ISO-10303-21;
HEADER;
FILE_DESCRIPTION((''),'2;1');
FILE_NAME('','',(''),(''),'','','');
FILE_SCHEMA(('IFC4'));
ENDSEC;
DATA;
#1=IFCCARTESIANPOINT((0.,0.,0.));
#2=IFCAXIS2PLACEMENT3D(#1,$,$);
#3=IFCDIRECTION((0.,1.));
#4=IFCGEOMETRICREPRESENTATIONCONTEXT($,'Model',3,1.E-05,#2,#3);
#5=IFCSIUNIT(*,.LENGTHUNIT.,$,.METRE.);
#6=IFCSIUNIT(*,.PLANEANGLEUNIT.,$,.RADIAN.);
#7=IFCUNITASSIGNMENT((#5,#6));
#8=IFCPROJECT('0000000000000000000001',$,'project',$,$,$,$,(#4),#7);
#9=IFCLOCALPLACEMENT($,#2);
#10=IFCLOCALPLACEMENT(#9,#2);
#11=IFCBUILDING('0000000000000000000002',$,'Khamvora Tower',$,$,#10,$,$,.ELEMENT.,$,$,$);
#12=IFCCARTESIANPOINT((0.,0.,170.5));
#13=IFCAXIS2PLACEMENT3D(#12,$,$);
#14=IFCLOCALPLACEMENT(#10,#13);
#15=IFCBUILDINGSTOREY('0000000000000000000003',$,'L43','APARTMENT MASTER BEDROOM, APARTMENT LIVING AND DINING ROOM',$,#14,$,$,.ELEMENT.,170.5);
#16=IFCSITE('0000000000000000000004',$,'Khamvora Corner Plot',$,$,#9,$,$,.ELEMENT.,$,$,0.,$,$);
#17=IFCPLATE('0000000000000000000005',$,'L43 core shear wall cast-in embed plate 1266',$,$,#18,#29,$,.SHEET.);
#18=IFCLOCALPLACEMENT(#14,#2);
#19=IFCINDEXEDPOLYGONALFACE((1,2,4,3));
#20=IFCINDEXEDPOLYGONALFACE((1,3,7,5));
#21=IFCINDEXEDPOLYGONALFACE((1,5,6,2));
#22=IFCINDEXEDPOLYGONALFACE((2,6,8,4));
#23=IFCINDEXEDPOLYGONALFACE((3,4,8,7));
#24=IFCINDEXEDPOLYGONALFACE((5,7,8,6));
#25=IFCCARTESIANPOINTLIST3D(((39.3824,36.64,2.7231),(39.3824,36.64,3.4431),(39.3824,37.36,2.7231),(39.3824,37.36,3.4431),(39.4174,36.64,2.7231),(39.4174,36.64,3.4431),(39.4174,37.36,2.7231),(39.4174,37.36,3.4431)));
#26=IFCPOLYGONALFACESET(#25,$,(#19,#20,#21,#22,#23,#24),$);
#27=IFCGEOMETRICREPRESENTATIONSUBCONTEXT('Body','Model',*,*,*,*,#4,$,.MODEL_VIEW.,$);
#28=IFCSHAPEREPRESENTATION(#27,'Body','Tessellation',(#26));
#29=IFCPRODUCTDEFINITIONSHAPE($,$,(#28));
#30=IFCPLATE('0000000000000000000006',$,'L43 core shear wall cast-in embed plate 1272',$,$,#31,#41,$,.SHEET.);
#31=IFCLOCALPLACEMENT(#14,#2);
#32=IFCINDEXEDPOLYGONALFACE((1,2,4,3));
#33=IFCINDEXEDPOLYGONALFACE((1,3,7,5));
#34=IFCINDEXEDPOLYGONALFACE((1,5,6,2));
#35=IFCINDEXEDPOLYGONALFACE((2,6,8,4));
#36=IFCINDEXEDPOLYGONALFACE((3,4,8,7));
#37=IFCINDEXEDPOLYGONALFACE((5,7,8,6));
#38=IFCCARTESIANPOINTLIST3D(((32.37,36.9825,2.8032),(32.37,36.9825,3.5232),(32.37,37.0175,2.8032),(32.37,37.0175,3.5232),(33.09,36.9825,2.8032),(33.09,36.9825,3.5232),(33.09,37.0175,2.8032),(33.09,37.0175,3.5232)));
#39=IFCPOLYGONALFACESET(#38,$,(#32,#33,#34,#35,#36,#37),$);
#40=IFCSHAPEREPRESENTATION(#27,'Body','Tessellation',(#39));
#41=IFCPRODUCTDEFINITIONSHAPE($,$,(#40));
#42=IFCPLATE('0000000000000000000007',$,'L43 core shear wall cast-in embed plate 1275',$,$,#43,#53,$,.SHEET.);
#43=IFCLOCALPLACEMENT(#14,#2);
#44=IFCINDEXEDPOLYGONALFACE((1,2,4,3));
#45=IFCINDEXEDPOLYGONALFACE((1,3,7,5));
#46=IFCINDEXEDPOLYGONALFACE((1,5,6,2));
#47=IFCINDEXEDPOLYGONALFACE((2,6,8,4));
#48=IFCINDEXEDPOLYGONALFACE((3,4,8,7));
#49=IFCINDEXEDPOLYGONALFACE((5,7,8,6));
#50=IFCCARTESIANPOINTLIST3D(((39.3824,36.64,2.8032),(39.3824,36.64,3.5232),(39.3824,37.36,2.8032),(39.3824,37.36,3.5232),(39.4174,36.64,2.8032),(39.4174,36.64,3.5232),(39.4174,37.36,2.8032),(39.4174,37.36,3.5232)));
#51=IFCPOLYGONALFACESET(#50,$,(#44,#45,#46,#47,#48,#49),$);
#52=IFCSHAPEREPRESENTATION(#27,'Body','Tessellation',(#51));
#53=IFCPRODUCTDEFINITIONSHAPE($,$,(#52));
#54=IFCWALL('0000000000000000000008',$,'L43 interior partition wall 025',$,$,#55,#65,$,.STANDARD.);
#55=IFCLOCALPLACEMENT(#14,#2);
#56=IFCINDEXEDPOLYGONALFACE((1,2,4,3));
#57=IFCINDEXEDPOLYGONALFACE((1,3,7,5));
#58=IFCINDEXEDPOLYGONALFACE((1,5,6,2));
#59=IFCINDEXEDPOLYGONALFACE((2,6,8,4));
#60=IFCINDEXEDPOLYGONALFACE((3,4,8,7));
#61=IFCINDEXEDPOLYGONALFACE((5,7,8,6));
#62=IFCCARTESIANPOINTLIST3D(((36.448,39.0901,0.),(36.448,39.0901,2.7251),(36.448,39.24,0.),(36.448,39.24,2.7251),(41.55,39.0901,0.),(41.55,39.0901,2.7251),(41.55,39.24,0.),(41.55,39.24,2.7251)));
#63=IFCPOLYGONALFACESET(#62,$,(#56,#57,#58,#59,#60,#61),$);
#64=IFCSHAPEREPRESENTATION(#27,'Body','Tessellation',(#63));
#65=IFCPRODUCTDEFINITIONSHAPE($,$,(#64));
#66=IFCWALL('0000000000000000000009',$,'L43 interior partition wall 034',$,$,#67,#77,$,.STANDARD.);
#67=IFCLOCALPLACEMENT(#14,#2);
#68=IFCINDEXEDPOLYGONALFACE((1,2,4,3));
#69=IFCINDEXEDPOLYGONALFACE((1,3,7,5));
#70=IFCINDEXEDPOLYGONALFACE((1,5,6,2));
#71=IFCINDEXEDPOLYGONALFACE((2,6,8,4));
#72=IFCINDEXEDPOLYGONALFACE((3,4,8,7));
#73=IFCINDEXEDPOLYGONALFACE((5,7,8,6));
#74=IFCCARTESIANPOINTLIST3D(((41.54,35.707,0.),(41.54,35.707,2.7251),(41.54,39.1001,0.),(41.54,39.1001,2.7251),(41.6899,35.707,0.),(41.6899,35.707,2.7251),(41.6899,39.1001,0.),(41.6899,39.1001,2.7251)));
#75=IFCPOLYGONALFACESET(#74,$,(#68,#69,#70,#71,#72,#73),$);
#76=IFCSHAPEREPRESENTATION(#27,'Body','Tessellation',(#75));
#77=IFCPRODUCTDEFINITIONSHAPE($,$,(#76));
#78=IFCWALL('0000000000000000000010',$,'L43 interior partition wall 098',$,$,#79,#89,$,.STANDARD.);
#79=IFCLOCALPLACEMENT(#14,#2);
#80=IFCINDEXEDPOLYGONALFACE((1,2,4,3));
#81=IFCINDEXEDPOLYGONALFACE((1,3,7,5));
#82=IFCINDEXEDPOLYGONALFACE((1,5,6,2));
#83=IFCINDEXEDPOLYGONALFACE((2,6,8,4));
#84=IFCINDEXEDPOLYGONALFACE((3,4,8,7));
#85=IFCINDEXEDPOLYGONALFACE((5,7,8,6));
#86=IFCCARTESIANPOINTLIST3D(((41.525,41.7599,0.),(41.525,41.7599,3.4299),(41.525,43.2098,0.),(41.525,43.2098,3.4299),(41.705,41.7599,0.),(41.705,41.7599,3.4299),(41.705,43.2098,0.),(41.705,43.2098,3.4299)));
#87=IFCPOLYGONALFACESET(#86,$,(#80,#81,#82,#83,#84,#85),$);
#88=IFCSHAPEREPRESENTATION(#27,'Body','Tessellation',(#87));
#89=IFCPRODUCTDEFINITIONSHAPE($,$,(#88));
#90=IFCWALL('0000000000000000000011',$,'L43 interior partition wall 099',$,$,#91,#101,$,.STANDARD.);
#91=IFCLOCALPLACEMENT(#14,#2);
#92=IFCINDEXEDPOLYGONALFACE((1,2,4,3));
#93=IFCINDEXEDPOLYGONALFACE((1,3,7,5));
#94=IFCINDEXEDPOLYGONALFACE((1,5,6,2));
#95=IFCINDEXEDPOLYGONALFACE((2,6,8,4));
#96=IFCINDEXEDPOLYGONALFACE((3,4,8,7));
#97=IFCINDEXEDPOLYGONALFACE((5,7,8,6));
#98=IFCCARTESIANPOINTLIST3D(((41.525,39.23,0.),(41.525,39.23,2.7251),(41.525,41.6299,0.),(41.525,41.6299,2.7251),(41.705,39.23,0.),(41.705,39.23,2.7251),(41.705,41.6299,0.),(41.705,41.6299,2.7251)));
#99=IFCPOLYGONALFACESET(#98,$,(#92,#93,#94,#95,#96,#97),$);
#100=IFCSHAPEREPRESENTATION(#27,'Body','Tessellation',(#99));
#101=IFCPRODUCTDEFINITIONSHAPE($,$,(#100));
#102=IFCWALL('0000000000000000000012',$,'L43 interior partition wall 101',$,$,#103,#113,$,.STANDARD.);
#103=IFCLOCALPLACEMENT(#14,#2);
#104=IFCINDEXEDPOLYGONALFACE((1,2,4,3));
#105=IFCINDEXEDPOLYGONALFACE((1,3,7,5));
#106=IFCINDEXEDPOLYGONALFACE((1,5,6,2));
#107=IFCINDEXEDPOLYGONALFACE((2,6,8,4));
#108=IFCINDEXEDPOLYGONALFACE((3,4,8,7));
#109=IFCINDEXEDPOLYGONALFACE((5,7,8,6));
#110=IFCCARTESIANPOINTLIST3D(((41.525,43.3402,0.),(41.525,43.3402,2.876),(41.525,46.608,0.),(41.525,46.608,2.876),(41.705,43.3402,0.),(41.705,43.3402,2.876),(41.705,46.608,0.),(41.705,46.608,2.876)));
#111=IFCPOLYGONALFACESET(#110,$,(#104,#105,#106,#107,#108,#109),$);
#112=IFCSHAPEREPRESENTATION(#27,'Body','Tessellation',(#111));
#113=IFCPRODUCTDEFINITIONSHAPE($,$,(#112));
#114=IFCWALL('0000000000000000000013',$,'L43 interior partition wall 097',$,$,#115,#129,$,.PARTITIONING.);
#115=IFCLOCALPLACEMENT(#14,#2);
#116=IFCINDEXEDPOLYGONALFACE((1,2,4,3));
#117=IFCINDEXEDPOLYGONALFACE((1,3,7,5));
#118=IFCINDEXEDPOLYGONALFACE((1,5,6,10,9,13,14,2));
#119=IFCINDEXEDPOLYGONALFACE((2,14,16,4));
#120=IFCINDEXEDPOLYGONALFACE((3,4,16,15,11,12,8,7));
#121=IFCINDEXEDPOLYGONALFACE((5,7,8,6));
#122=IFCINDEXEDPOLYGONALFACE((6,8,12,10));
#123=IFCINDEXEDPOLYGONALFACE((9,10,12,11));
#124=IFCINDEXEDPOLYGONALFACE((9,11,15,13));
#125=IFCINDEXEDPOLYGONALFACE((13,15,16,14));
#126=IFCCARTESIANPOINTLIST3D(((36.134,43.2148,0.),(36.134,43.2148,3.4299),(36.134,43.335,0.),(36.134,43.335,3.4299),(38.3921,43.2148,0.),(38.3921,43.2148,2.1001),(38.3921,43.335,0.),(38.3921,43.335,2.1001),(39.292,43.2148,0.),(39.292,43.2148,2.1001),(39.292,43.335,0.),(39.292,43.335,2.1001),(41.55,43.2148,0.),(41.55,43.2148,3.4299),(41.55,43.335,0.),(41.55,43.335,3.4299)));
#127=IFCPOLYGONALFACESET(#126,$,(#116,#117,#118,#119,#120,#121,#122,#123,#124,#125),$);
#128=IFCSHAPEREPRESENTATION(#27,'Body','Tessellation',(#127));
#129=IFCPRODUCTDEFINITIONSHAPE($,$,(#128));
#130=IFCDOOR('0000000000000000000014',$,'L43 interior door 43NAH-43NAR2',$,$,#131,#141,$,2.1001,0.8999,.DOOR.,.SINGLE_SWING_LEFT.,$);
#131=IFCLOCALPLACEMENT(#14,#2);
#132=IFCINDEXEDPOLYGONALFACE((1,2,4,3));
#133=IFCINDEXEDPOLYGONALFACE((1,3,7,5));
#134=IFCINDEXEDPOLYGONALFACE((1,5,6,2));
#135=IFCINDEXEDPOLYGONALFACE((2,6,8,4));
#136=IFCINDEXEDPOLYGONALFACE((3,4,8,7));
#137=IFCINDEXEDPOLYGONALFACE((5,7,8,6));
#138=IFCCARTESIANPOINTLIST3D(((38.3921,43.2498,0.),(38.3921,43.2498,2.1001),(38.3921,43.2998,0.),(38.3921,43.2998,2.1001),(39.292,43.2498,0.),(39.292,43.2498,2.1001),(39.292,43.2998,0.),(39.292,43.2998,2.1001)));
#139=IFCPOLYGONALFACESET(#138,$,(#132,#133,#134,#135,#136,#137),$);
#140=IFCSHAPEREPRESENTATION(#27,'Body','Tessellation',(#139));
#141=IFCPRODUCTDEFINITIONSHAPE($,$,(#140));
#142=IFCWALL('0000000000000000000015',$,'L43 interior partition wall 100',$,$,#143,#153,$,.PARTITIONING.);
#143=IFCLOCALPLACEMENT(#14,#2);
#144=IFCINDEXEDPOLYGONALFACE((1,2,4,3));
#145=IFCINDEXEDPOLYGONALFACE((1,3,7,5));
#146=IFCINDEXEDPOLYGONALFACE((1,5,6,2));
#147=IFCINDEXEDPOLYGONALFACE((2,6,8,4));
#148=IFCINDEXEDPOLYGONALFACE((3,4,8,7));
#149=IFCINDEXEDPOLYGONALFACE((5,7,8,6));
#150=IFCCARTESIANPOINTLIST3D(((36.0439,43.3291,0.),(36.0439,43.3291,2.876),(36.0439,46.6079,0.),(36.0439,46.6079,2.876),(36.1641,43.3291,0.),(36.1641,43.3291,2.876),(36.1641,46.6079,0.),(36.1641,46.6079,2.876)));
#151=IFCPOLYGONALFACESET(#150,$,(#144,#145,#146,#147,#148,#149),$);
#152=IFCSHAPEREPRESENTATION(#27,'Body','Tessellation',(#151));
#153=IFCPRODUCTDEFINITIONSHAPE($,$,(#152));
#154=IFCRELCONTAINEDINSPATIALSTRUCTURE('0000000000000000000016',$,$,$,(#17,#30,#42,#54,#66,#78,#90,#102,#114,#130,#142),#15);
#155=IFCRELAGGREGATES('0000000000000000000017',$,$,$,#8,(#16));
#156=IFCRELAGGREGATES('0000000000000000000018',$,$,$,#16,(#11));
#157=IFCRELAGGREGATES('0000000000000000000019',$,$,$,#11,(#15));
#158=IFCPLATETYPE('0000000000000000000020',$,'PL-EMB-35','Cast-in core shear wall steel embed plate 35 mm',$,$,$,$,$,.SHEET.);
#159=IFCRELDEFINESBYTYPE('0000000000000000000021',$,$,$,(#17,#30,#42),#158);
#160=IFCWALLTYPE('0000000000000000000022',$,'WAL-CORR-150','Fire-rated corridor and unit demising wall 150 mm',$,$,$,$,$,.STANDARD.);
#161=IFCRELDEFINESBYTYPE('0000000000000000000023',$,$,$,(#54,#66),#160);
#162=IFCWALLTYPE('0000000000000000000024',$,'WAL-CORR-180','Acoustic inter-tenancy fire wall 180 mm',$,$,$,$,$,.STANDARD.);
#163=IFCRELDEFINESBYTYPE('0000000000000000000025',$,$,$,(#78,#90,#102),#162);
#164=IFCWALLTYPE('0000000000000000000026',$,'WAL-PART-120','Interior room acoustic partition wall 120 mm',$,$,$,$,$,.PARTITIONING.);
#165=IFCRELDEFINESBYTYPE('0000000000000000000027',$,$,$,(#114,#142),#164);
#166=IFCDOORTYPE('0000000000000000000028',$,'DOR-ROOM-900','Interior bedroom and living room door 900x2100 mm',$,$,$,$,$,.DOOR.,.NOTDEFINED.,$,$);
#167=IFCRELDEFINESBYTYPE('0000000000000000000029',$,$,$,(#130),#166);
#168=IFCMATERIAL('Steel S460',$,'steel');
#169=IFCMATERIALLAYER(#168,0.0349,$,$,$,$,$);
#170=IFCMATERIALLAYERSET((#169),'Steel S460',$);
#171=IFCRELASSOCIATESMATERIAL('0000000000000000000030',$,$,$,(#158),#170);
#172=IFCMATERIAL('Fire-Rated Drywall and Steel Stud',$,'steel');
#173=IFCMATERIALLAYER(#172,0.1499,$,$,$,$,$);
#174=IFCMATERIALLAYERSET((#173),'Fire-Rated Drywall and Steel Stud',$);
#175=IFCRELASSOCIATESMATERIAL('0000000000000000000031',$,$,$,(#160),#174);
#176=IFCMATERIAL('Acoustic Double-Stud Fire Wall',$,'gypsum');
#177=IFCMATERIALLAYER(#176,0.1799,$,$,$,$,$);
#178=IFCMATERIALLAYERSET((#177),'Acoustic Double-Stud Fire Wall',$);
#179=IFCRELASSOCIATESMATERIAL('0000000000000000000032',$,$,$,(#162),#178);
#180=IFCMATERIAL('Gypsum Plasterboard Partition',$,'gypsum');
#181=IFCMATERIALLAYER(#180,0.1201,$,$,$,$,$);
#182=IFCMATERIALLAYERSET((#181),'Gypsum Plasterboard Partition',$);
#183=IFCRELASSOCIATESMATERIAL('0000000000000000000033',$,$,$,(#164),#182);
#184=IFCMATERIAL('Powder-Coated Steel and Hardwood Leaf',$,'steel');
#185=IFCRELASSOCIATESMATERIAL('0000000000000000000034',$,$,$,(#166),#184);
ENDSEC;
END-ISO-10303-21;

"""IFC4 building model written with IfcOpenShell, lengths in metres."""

from ifc_helpers import new_model, si_unit, direction, frame, frame_2d, origin, origin_2d, place, context, subcontext, project, spatial, rectangle, extrude, material, layer, layer_set, type_object, element, fill, save


model = new_model("IFC4")

# Units and contexts
model_context = context("Model", 3, precision=1e-05, world=origin(), true_north=direction((0.0, 1.0)))
body_context = subcontext(model_context, "Body", "Model", "MODEL_VIEW")
ifc_project = project(units=[si_unit("LENGTHUNIT", "METRE"), si_unit("PLANEANGLEUNIT", "RADIAN")], contexts=[model_context])

# Site, building, storey
site_placement = place(None, origin())
site = spatial("IfcSite", under=ifc_project, at=site_placement, Name="Khamvora Corner Plot", CompositionType="ELEMENT", RefElevation=0.0)
building_placement = place(site_placement, origin())
building = spatial("IfcBuilding", under=site, at=building_placement, Name="Khamvora Tower", CompositionType="ELEMENT")
storey_placement = place(building_placement, frame((0.0, 0.0, 170.5)))
storey = spatial("IfcBuildingStorey", under=building, at=storey_placement, Name="L43", Description="APARTMENT MASTER BEDROOM, APARTMENT LIVING AND DINING ROOM", CompositionType="ELEMENT", Elevation=170.5)

# Shared definitions
ifc_material_1 = material(Name="Steel S460", Category="steel")

# Plates
ifc_layer_1 = layer(ifc_material_1, 0.0349)
ifc_layer_set_1 = layer_set([ifc_layer_1], Name="Steel S460")
plate_type = type_object("IfcPlateType", Name="PL-EMB-35", Description="Cast-in core shear wall steel embed plate 35 mm", PredefinedType="SHEET", material=ifc_layer_set_1)
plate_1_placement = place(storey_placement, frame((39.3999, 37.0, 2.7231), z_axis=(0.0, 0.0, 1.0), x_axis=(1.0, 0.0, 0.0)))
element("IfcPlate", 1, at=plate_1_placement, inside=storey, type_object=plate_type, Name="L43 core shear wall cast-in embed plate 1266", PredefinedType="SHEET", context=body_context, shape_type="SweptSolid", body=[
    extrude(rectangle(XDim=0.0349, YDim=0.72, at=origin_2d()), origin(), (0.0, 0.0, 1.0), 0.72),
])
plate_2_placement = place(storey_placement, frame((32.73, 37.0, 2.8032), z_axis=(0.0, 0.0, 1.0), x_axis=(1.0, 0.0, 0.0)))
element("IfcPlate", 2, at=plate_2_placement, inside=storey, type_object=plate_type, Name="L43 core shear wall cast-in embed plate 1272", PredefinedType="SHEET", context=body_context, shape_type="SweptSolid", body=[
    extrude(rectangle(XDim=0.72, YDim=0.0349, at=origin_2d()), origin(), (0.0, 0.0, 1.0), 0.72),
])
plate_3_placement = place(storey_placement, frame((39.3999, 37.0, 2.8032), z_axis=(0.0, 0.0, 1.0), x_axis=(1.0, 0.0, 0.0)))
element("IfcPlate", 3, at=plate_3_placement, inside=storey, type_object=plate_type, Name="L43 core shear wall cast-in embed plate 1275", PredefinedType="SHEET", context=body_context, shape_type="SweptSolid", body=[
    extrude(rectangle(XDim=0.0349, YDim=0.72, at=origin_2d()), origin(), (0.0, 0.0, 1.0), 0.72),
])

# Shared definitions
ifc_material_2 = material(Name="Fire-Rated Drywall and Steel Stud", Category="steel")
ifc_layer_2 = layer(ifc_material_2, 0.1499)
ifc_layer_set_2 = layer_set([ifc_layer_2], Name="Fire-Rated Drywall and Steel Stud")
wall_type_1 = type_object("IfcWallType", Name="WAL-CORR-150", Description="Fire-rated corridor and unit demising wall 150 mm", PredefinedType="STANDARD", material=ifc_layer_set_2)
ifc_material_3 = material(Name="Powder-Coated Steel and Hardwood Leaf", Category="steel")

# Walls
wall_1_placement = place(storey_placement, frame((36.448, 39.165, 0.0), z_axis=(0.0, 0.0, 1.0), x_axis=(1.0, 0.0, 0.0)))
element("IfcWall", 4, at=wall_1_placement, inside=storey, type_object=wall_type_1, Name="L43 interior partition wall 025", PredefinedType="STANDARD", context=body_context, shape_type="SweptSolid", body=[
    extrude(rectangle(XDim=5.1021, YDim=0.1499, at=frame_2d((2.551, 0.0))), origin(), (0.0, 0.0, 1.0), 2.7251),
])
wall_2_placement = place(storey_placement, frame((41.615, 39.1001, 0.0), z_axis=(0.0, 0.0, 1.0), x_axis=(0.0, -1.0, 0.0)))
element("IfcWall", 5, at=wall_2_placement, inside=storey, type_object=wall_type_1, Name="L43 interior partition wall 034", PredefinedType="STANDARD", context=body_context, shape_type="SweptSolid", body=[
    extrude(rectangle(XDim=3.3931, YDim=0.1499, at=frame_2d((1.6965, 0.0))), origin(), (0.0, 0.0, 1.0), 2.7251),
])
ifc_material_4 = material(Name="Acoustic Double-Stud Fire Wall", Category="gypsum")
ifc_layer_3 = layer(ifc_material_4, 0.1799)
ifc_layer_set_3 = layer_set([ifc_layer_3], Name="Acoustic Double-Stud Fire Wall")
wall_type_2 = type_object("IfcWallType", Name="WAL-CORR-180", Description="Acoustic inter-tenancy fire wall 180 mm", PredefinedType="STANDARD", material=ifc_layer_set_3)
wall_3_placement = place(storey_placement, frame((41.615, 43.21, 0.0), z_axis=(0.0, 0.0, 1.0), x_axis=(0.0, -1.0, 0.0)))
element("IfcWall", 6, at=wall_3_placement, inside=storey, type_object=wall_type_2, Name="L43 interior partition wall 098", PredefinedType="STANDARD", context=body_context, shape_type="SweptSolid", body=[
    extrude(rectangle(XDim=1.45, YDim=0.1799, at=frame_2d((0.7251, 0.0))), origin(), (0.0, 0.0, 1.0), 3.4299),
])
wall_4_placement = place(storey_placement, frame((41.615, 41.6299, 0.0), z_axis=(0.0, 0.0, 1.0), x_axis=(0.0, -1.0, 0.0)))
element("IfcWall", 7, at=wall_4_placement, inside=storey, type_object=wall_type_2, Name="L43 interior partition wall 099", PredefinedType="STANDARD", context=body_context, shape_type="SweptSolid", body=[
    extrude(rectangle(XDim=2.3999, YDim=0.1799, at=frame_2d((1.2, 0.0))), origin(), (0.0, 0.0, 1.0), 2.7251),
])
wall_5_placement = place(storey_placement, frame((41.615, 46.6079, 0.0), z_axis=(0.0, 0.0, 1.0), x_axis=(0.0, -1.0, 0.0)))
element("IfcWall", 8, at=wall_5_placement, inside=storey, type_object=wall_type_2, Name="L43 interior partition wall 101", PredefinedType="STANDARD", context=body_context, shape_type="SweptSolid", body=[
    extrude(rectangle(XDim=3.2678, YDim=0.1799, at=frame_2d((1.6338, 0.0))), origin(), (0.0, 0.0, 1.0), 2.876),
])

# Wall, opening, door
ifc_material_5 = material(Name="Gypsum Plasterboard Partition", Category="gypsum")
ifc_layer_4 = layer(ifc_material_5, 0.1201)
ifc_layer_set_4 = layer_set([ifc_layer_4], Name="Gypsum Plasterboard Partition")
wall_type_3 = type_object("IfcWallType", Name="WAL-PART-120", Description="Interior room acoustic partition wall 120 mm", PredefinedType="PARTITIONING", material=ifc_layer_set_4)
wall_6_placement = place(storey_placement, frame((36.134, 43.2749, 0.0), z_axis=(0.0, 0.0, 1.0), x_axis=(1.0, 0.0, 0.0)))
wall_6 = element("IfcWall", 9, at=wall_6_placement, inside=storey, type_object=wall_type_3, Name="L43 interior partition wall 097", PredefinedType="PARTITIONING", context=body_context, shape_type="SweptSolid", body=[
    extrude(rectangle(XDim=5.416, YDim=0.1201, at=frame_2d((2.708, 0.0))), origin(), (0.0, 0.0, 1.0), 3.4299),
])
opening_1_placement = place(wall_6_placement, frame((2.2581, 0.0, 0.0)))
opening_1 = element("IfcOpeningElement", 10, at=opening_1_placement, cuts=wall_6, PredefinedType="OPENING", context=body_context, shape_type="SweptSolid", body=[
    extrude(rectangle(XDim=0.8999, YDim=2.1001, at=frame_2d((0.45, 1.05))), frame((0.0, 0.0701, 0.0), z_axis=(0.0, -1.0, 0.0), x_axis=(1.0, 0.0, 0.0)), (0.0, 0.0, 1.0), 0.1401),
])
door_type_1 = type_object("IfcDoorType", Name="DOR-ROOM-900", Description="Interior bedroom and living room door 900x2100 mm", OperationType="NOTDEFINED", PredefinedType="DOOR", material=ifc_material_3)
door_1_placement = place(opening_1_placement, origin())
door_1 = element("IfcDoor", 11, at=door_1_placement, inside=storey, type_object=door_type_1, Name="L43 interior door 43NAH-43NAR2", OperationType="SINGLE_SWING_LEFT", OverallHeight=2.1001, OverallWidth=0.8999, PredefinedType="DOOR", context=body_context, shape_type="SweptSolid", body=[
    extrude(rectangle(XDim=0.8999, YDim=2.1001, at=frame_2d((0.45, 1.05))), frame((0.0, 0.0249, 0.0), z_axis=(0.0, -1.0, 0.0), x_axis=(1.0, 0.0, 0.0)), (0.0, 0.0, 1.0), 0.05),
])
fill(opening_1, door_1)

# Wall
wall_7_placement = place(storey_placement, frame((36.104, 46.6079, 0.0), z_axis=(0.0, 0.0, 1.0), x_axis=(0.0, -1.0, 0.0)))
element("IfcWall", 12, at=wall_7_placement, inside=storey, type_object=wall_type_3, Name="L43 interior partition wall 100", PredefinedType="PARTITIONING", context=body_context, shape_type="SweptSolid", body=[
    extrude(rectangle(XDim=3.2788, YDim=0.1201, at=frame_2d((1.6394, 0.0))), origin(), (0.0, 0.0, 1.0), 2.876),
])

save(model, "model.ifc")
